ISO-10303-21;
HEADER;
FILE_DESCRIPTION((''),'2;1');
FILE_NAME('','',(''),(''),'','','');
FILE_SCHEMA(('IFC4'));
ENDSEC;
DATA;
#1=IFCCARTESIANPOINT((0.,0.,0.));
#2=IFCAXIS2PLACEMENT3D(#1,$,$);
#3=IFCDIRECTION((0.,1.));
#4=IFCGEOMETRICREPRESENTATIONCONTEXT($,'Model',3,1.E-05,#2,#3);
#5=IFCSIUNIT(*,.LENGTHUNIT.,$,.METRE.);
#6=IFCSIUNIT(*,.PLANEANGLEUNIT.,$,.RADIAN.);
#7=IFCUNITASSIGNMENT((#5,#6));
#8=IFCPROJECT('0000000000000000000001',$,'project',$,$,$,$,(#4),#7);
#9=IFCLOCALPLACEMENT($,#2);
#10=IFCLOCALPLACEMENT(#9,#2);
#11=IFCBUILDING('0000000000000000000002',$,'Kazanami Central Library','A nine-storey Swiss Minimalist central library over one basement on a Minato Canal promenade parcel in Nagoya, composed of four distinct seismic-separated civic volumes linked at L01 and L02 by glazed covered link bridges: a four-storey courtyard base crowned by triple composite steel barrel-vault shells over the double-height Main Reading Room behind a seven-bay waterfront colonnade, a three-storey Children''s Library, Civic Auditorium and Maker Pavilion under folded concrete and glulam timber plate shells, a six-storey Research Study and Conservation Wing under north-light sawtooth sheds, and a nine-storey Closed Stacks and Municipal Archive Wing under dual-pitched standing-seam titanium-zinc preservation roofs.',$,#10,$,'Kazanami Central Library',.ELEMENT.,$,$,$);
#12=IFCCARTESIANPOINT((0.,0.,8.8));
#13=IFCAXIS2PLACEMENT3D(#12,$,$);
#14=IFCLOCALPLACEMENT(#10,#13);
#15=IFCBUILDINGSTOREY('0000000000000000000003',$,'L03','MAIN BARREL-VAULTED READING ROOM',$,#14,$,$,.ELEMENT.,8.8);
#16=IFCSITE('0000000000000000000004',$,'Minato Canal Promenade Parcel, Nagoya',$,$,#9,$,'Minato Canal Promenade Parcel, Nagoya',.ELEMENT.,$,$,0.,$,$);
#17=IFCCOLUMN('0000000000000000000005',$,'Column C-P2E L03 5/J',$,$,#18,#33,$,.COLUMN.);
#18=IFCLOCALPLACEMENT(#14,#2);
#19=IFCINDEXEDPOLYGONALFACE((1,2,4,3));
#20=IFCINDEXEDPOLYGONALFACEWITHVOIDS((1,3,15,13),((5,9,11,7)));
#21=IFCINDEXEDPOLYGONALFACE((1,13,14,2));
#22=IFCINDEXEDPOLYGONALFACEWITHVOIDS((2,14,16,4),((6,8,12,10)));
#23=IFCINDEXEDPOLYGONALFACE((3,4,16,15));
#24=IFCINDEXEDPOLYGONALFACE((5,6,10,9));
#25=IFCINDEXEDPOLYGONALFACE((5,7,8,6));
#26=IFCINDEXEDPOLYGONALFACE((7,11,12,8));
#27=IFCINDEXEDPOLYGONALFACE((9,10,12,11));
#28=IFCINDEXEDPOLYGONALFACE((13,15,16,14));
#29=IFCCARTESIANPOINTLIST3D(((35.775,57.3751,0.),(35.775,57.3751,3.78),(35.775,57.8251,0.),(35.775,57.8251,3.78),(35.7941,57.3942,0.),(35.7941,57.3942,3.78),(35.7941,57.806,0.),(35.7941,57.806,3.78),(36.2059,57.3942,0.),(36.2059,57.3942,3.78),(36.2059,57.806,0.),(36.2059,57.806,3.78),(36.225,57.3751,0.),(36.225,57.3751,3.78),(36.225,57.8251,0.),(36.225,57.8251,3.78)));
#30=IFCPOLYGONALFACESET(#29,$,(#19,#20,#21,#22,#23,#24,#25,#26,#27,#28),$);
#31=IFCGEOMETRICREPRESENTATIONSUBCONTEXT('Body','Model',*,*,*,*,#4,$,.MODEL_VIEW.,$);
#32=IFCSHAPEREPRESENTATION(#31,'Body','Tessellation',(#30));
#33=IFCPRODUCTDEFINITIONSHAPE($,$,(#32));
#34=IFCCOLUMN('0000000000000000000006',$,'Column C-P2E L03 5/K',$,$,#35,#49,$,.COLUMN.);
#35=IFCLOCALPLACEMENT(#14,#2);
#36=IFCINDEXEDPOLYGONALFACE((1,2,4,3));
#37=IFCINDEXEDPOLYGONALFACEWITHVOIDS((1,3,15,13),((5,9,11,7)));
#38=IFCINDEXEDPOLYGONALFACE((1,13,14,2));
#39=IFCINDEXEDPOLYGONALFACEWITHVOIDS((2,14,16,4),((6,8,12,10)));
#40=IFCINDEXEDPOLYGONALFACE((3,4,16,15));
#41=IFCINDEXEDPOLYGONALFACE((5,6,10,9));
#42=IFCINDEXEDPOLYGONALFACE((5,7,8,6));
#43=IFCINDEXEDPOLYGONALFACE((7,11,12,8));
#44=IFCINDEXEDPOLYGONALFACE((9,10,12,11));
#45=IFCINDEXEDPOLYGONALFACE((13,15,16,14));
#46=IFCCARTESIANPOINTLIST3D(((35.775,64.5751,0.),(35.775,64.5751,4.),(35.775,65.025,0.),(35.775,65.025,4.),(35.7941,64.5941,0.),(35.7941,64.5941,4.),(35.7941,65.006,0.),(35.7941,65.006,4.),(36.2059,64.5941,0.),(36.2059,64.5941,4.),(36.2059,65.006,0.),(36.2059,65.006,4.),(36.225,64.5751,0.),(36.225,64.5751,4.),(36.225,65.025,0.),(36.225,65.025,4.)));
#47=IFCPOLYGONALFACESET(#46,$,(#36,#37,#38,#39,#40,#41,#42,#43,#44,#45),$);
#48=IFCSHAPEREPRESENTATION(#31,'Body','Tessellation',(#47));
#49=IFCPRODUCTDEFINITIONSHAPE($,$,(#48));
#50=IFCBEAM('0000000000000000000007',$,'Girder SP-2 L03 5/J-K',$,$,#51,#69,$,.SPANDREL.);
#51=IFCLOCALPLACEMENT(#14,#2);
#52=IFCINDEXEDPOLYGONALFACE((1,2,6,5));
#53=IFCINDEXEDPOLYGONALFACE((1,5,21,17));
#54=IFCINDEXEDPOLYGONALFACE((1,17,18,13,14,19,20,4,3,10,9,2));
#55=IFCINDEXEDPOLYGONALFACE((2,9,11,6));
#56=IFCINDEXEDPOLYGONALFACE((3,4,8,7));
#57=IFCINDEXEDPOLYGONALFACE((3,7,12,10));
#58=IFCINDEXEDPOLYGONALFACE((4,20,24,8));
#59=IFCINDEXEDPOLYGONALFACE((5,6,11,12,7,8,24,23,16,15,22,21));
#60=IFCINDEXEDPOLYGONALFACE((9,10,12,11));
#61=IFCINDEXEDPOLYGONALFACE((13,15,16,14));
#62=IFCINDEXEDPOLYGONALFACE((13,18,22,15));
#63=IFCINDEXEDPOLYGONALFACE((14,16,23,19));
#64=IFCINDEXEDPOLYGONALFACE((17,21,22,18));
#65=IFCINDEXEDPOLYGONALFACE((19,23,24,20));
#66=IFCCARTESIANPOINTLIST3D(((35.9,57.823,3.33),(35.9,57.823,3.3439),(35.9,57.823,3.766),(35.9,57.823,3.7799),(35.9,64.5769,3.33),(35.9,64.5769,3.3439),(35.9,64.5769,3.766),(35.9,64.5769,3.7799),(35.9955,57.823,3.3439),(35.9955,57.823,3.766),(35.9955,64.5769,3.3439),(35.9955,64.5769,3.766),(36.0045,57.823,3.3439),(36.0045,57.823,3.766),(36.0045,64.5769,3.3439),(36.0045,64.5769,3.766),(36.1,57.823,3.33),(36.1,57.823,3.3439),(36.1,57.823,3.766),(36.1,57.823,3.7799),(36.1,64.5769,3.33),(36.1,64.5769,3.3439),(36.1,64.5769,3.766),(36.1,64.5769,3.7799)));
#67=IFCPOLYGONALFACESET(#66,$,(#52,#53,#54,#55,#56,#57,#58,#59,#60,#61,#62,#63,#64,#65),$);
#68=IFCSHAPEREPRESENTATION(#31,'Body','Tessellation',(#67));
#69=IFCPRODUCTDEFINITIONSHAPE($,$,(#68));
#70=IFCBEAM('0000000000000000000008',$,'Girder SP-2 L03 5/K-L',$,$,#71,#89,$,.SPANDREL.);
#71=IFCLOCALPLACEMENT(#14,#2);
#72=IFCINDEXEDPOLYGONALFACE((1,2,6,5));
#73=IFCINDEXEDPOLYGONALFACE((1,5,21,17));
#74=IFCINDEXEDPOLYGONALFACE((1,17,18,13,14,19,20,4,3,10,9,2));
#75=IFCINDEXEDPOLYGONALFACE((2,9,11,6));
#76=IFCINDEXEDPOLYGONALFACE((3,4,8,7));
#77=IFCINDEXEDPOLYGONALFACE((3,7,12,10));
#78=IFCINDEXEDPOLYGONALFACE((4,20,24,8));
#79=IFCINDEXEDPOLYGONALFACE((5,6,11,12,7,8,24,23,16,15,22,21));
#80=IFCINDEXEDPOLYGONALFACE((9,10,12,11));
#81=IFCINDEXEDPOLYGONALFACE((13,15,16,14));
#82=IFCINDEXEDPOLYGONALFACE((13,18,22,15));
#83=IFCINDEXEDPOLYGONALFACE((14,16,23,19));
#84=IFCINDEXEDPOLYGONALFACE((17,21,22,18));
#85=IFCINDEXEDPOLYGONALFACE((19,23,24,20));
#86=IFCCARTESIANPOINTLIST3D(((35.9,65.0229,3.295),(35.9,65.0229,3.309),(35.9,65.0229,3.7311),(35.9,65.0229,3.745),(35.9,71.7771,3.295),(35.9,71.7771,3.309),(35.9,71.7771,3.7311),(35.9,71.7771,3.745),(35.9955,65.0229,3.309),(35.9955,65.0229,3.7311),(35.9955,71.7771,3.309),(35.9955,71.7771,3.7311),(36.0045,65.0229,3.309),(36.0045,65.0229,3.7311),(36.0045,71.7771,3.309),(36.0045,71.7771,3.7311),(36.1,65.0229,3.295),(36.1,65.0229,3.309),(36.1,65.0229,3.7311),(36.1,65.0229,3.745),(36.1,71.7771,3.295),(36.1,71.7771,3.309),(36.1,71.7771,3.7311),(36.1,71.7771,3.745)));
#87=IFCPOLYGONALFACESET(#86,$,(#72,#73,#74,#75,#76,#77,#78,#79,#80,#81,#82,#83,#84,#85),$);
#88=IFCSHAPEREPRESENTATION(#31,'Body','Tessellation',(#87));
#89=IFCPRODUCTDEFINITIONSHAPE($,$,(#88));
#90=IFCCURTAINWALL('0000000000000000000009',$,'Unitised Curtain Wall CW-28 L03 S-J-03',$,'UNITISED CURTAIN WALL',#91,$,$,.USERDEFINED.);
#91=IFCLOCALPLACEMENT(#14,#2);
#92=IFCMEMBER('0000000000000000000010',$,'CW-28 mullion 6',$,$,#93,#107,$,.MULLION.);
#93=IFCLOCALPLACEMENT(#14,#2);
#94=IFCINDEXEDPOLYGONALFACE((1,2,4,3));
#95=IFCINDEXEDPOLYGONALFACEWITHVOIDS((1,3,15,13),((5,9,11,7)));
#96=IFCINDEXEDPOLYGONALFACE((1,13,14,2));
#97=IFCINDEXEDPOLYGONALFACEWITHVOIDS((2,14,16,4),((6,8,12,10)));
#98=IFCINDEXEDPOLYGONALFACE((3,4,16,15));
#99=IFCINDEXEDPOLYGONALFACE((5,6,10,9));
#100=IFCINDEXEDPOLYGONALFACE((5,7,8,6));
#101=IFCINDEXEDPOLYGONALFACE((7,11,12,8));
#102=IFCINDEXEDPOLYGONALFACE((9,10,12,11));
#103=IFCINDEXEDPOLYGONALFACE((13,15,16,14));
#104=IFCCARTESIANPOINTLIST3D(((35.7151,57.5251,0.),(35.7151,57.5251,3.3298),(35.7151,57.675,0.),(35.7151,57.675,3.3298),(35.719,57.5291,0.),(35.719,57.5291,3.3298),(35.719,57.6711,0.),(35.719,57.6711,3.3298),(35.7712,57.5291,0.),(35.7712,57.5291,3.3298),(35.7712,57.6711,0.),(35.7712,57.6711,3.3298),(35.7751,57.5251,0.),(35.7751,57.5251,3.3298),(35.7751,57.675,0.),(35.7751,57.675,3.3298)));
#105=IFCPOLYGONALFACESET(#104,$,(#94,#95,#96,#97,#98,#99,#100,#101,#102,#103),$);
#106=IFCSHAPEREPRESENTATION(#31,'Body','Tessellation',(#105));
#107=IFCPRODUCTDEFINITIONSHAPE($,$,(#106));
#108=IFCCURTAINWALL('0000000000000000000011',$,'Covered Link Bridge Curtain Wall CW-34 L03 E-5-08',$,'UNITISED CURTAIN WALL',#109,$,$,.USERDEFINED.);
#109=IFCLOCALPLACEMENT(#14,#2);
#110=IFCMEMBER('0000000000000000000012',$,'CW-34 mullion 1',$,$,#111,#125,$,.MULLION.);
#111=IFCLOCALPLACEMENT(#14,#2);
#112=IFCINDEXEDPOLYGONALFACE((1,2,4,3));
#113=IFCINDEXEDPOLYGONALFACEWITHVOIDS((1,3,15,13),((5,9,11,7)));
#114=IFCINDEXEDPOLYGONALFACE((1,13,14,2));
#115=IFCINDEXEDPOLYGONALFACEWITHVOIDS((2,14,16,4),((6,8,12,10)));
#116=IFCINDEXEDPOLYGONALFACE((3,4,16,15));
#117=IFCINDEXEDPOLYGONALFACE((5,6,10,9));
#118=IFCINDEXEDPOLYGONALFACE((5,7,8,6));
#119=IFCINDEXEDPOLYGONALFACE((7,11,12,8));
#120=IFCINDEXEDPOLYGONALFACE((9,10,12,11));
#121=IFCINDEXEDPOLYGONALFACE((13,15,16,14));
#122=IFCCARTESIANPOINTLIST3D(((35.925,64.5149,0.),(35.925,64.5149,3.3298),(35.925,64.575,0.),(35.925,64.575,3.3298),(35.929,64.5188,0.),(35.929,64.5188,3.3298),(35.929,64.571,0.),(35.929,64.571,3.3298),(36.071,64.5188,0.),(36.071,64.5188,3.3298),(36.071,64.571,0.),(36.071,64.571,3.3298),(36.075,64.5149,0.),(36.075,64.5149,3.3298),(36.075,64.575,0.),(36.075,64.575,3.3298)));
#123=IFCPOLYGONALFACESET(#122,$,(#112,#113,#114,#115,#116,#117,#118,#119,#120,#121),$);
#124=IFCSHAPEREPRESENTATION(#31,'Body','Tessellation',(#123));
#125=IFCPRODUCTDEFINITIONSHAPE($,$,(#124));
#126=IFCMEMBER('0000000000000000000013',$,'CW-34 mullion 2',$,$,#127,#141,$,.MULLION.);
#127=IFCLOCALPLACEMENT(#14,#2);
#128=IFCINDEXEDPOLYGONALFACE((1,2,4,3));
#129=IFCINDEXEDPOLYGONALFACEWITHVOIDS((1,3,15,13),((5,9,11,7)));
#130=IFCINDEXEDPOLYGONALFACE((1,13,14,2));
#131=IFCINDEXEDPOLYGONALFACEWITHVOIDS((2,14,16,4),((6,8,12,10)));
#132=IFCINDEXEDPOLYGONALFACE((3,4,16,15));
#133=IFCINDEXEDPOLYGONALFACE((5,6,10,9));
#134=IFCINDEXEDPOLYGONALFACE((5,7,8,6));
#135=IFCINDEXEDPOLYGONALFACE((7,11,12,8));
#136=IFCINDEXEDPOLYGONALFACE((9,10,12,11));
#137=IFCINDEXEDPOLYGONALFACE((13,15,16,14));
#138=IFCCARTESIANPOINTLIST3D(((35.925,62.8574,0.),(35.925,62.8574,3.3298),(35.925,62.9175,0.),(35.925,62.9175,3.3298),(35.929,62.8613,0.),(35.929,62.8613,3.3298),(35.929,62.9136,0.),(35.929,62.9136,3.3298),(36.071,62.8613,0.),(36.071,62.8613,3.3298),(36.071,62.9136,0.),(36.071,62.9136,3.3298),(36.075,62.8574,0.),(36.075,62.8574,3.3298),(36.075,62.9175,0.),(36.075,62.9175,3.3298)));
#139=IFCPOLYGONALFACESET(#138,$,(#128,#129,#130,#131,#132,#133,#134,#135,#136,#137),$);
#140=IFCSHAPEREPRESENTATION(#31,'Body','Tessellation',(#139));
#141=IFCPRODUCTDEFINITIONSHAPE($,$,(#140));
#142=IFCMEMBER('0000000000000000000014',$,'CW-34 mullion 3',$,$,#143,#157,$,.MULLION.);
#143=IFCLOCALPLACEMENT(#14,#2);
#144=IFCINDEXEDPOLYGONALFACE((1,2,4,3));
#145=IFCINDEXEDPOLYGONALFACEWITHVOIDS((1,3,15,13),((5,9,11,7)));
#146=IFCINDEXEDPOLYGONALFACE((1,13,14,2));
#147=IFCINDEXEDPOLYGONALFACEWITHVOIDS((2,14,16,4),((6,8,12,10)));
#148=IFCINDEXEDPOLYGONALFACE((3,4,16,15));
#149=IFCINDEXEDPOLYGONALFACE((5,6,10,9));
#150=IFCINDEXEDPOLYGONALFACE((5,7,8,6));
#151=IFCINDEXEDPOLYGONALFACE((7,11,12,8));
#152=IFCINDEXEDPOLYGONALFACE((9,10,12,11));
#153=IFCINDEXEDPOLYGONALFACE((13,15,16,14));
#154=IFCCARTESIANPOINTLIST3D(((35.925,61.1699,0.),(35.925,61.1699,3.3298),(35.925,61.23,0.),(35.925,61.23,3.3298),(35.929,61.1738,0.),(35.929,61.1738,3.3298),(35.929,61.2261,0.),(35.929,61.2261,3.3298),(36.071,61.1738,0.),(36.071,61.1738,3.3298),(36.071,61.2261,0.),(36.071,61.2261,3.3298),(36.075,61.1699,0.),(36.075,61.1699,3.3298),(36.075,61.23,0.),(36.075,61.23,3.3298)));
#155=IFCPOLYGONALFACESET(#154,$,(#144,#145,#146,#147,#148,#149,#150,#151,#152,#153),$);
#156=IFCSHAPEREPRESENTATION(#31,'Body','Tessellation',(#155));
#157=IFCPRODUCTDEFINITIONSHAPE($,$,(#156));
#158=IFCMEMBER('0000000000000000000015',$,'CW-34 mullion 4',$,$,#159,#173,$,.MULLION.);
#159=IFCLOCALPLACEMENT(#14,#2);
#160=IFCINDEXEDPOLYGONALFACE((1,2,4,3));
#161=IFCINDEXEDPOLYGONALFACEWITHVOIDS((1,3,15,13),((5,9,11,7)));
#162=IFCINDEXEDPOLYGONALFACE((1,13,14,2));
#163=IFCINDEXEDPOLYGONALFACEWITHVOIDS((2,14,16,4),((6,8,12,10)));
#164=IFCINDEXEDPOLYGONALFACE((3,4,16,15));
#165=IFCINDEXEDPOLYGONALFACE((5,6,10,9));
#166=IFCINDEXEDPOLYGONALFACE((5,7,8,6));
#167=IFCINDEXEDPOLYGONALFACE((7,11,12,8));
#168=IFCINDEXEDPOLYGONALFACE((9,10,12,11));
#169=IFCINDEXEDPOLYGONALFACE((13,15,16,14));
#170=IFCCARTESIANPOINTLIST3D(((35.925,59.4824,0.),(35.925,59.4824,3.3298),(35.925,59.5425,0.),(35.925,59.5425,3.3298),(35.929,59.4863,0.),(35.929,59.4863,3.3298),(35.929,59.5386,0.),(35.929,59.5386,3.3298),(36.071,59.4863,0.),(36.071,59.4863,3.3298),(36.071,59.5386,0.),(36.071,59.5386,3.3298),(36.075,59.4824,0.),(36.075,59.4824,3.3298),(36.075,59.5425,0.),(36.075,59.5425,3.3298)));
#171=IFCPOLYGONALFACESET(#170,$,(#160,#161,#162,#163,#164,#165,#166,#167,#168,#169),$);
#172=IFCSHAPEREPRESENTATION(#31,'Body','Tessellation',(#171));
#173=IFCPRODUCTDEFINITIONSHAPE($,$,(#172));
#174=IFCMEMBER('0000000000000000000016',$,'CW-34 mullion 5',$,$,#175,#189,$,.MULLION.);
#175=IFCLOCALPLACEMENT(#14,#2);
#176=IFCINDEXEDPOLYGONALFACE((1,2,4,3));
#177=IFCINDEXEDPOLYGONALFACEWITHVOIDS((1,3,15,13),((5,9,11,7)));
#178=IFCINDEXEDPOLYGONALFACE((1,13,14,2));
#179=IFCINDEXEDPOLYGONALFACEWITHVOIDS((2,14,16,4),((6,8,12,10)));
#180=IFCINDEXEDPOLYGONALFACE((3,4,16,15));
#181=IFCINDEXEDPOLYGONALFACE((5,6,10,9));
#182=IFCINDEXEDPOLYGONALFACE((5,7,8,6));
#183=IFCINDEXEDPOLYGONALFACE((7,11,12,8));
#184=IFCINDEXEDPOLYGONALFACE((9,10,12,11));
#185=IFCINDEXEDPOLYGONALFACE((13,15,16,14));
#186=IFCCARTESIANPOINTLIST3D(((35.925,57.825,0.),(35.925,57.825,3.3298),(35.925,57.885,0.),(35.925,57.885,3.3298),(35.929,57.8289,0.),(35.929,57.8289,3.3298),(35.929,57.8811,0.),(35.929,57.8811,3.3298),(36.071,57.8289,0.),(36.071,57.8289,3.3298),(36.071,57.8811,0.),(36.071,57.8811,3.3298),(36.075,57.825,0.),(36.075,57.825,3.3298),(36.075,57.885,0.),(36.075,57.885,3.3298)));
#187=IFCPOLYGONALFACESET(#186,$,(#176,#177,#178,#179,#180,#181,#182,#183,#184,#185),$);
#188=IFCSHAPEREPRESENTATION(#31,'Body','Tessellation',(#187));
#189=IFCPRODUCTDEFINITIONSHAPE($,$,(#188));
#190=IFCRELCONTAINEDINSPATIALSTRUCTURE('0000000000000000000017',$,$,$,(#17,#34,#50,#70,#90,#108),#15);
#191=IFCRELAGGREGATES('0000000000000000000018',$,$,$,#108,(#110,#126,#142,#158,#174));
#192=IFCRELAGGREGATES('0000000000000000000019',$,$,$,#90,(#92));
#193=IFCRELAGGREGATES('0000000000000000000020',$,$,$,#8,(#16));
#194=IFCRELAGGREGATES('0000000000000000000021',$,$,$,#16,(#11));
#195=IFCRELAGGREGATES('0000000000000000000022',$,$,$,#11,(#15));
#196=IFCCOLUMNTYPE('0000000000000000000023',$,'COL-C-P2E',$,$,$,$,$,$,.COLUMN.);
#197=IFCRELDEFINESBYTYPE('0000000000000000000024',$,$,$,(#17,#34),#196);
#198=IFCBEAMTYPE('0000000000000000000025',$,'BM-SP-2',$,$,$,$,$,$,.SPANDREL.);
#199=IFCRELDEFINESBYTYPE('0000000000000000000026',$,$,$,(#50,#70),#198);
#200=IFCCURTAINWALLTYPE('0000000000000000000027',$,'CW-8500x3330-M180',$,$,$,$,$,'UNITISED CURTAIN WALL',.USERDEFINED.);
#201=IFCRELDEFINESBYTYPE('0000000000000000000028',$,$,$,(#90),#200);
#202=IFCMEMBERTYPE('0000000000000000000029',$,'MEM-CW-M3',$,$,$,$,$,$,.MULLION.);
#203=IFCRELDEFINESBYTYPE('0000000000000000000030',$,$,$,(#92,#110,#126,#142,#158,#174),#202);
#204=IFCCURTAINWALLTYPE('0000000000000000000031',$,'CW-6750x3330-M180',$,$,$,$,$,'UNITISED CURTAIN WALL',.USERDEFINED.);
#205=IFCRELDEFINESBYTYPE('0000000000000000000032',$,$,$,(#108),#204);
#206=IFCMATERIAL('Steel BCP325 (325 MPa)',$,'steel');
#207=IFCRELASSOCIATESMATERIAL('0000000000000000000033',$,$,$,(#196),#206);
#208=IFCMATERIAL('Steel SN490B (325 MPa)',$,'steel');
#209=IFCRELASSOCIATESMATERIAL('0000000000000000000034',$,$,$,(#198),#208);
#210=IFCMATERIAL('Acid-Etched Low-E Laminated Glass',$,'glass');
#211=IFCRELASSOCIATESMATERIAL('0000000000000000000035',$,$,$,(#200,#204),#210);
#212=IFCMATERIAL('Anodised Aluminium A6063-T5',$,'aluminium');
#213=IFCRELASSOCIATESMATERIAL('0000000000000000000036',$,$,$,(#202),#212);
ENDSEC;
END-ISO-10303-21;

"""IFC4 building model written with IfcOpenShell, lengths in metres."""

from ifc_helpers import new_model, si_unit, direction, frame, origin, origin_2d, place, context, subcontext, project, spatial, hollow_rectangle, i_section, extrude, material, material_profile, profile_set, type_object, element, aggregate, save


model = new_model("IFC4")

# Units and contexts
model_context = context("Model", 3, precision=1e-05, world=origin(), true_north=direction((0.0, 1.0)))
body_context = subcontext(model_context, "Body", "Model", "MODEL_VIEW")
ifc_project = project(units=[si_unit("LENGTHUNIT", "METRE"), si_unit("PLANEANGLEUNIT", "RADIAN")], contexts=[model_context])

# Site, building, storey
site_placement = place(None, origin())
site = spatial("IfcSite", under=ifc_project, at=site_placement, Name="Minato Canal Promenade Parcel, Nagoya", LongName="Minato Canal Promenade Parcel, Nagoya", CompositionType="ELEMENT", RefElevation=0.0)
building_placement = place(site_placement, origin())
building = spatial("IfcBuilding", under=site, at=building_placement, Name="Kazanami Central Library", Description="A nine-storey Swiss Minimalist central library over one basement on a Minato Canal promenade parcel in Nagoya, composed of four distinct seismic-separated civic volumes linked at L01 and L02 by glazed covered link bridges: a four-storey courtyard base crowned by triple composite steel barrel-vault shells over the double-height Main Reading Room behind a seven-bay waterfront colonnade, a three-storey Children's Library, Civic Auditorium and Maker Pavilion under folded concrete and glulam timber plate shells, a six-storey Research Study and Conservation Wing under north-light sawtooth sheds, and a nine-storey Closed Stacks and Municipal Archive Wing under dual-pitched standing-seam titanium-zinc preservation roofs.", LongName="Kazanami Central Library", CompositionType="ELEMENT")
storey_placement = place(building_placement, frame((0.0, 0.0, 8.8)))
storey = spatial("IfcBuildingStorey", under=building, at=storey_placement, Name="L03", Description="MAIN BARREL-VAULTED READING ROOM", CompositionType="ELEMENT", Elevation=8.8)

# Columns
ifc_material_1 = material(Name="Steel BCP325 (325 MPa)", Category="steel")
ifc_material_profile_1 = material_profile(ifc_material_1, hollow_rectangle(XDim=0.45, YDim=0.45, WallThickness=0.019, at=origin_2d()), Name="BCP-450x450x19")
ifc_profile_set_1 = profile_set([ifc_material_profile_1], Name="Steel BCP325 (325 MPa)")
column_type = type_object("IfcColumnType", Name="COL-C-P2E", PredefinedType="COLUMN", material=ifc_profile_set_1)
column_1_placement = place(storey_placement, frame((36.0, 57.6001, 0.0), z_axis=(0.0, 0.0, 1.0), x_axis=(1.0, 0.0, 0.0)))
element("IfcColumn", 1, at=column_1_placement, inside=storey, type_object=column_type, Name="Column C-P2E L03 5/J", PredefinedType="COLUMN", context=body_context, shape_type="SweptSolid", body=[
    extrude(hollow_rectangle(XDim=0.45, YDim=0.45, WallThickness=0.019, at=origin_2d()), origin(), (0.0, 0.0, 1.0), 3.78),
])
column_2_placement = place(storey_placement, frame((36.0, 64.8, 0.0), z_axis=(0.0, 0.0, 1.0), x_axis=(1.0, 0.0, 0.0)))
element("IfcColumn", 2, at=column_2_placement, inside=storey, type_object=column_type, Name="Column C-P2E L03 5/K", PredefinedType="COLUMN", context=body_context, shape_type="SweptSolid", body=[
    extrude(hollow_rectangle(XDim=0.45, YDim=0.45, WallThickness=0.019, at=origin_2d()), origin(), (0.0, 0.0, 1.0), 4.0),
])

# Beams
ifc_material_2 = material(Name="Steel SN490B (325 MPa)", Category="steel")
ifc_material_profile_2 = material_profile(ifc_material_2, i_section(OverallWidth=0.2, OverallDepth=0.45, WebThickness=0.009, FlangeThickness=0.0139, at=origin_2d()), Name="H-450x200x9x14")
ifc_profile_set_2 = profile_set([ifc_material_profile_2], Name="Steel SN490B (325 MPa)")
beam_type = type_object("IfcBeamType", Name="BM-SP-2", PredefinedType="SPANDREL", material=ifc_profile_set_2)
beam_1_placement = place(storey_placement, frame((36.0, 57.823, 3.5549), z_axis=(0.0, 1.0, 0.0), x_axis=(-1.0, 0.0, 0.0)))
element("IfcBeam", 3, at=beam_1_placement, inside=storey, type_object=beam_type, Name="Girder SP-2 L03 5/J-K", PredefinedType="SPANDREL", context=body_context, shape_type="SweptSolid", body=[
    extrude(i_section(OverallWidth=0.2, OverallDepth=0.45, WebThickness=0.009, FlangeThickness=0.0139, at=origin_2d()), origin(), (0.0, 0.0, 1.0), 6.7539),
])
beam_2_placement = place(storey_placement, frame((36.0, 65.0229, 3.52), z_axis=(0.0, 1.0, 0.0), x_axis=(-1.0, 0.0, 0.0)))
element("IfcBeam", 4, at=beam_2_placement, inside=storey, type_object=beam_type, Name="Girder SP-2 L03 5/K-L", PredefinedType="SPANDREL", context=body_context, shape_type="SweptSolid", body=[
    extrude(i_section(OverallWidth=0.2, OverallDepth=0.45, WebThickness=0.009, FlangeThickness=0.0139, at=origin_2d()), origin(), (0.0, 0.0, 1.0), 6.7542),
])

# Curtain wall, member
ifc_material_3 = material(Name="Acid-Etched Low-E Laminated Glass", Category="glass")
curtain_wall_type_1 = type_object("IfcCurtainWallType", Name="CW-8500x3330-M180", ElementType="UNITISED CURTAIN WALL", PredefinedType="USERDEFINED", material=ifc_material_3)
curtain_wall_1_placement = place(storey_placement, origin())
curtain_wall_1 = element("IfcCurtainWall", 5, at=curtain_wall_1_placement, inside=storey, type_object=curtain_wall_type_1, Name="Unitised Curtain Wall CW-28 L03 S-J-03", ObjectType="UNITISED CURTAIN WALL", PredefinedType="USERDEFINED")
ifc_material_4 = material(Name="Anodised Aluminium A6063-T5", Category="aluminium")
ifc_material_profile_3 = material_profile(ifc_material_4, hollow_rectangle(XDim=0.0601, YDim=0.1499, WallThickness=0.0039, at=origin_2d()), Name="ALU-MULL-60x150x4")
ifc_profile_set_3 = profile_set([ifc_material_profile_3], Name="Anodised Aluminium A6063-T5")
member_type_1 = type_object("IfcMemberType", Name="MEM-CW-M3", PredefinedType="MULLION", material=ifc_profile_set_3)
member_1_placement = place(storey_placement, frame((35.7451, 57.6001, 0.0), z_axis=(0.0, 0.0, 1.0), x_axis=(1.0, 0.0, 0.0)))
member_1 = element("IfcMember", 6, at=member_1_placement, type_object=member_type_1, Name="CW-28 mullion 6", PredefinedType="MULLION", context=body_context, shape_type="SweptSolid", body=[
    extrude(hollow_rectangle(XDim=0.0601, YDim=0.1499, WallThickness=0.0039, at=origin_2d()), origin(), (0.0, 0.0, 1.0), 3.3298),
])

# Curtain wall, members
curtain_wall_type_2 = type_object("IfcCurtainWallType", Name="CW-6750x3330-M180", ElementType="UNITISED CURTAIN WALL", PredefinedType="USERDEFINED", material=ifc_material_3)
curtain_wall_2_placement = place(storey_placement, origin())
curtain_wall_2 = element("IfcCurtainWall", 7, at=curtain_wall_2_placement, inside=storey, type_object=curtain_wall_type_2, Name="Covered Link Bridge Curtain Wall CW-34 L03 E-5-08", ObjectType="UNITISED CURTAIN WALL", PredefinedType="USERDEFINED")
member_2_placement = place(storey_placement, frame((36.0, 64.5449, 0.0), z_axis=(0.0, 0.0, 1.0), x_axis=(0.0, -1.0, 0.0)))
member_2 = element("IfcMember", 8, at=member_2_placement, type_object=member_type_1, Name="CW-34 mullion 1", PredefinedType="MULLION", context=body_context, shape_type="SweptSolid", body=[
    extrude(hollow_rectangle(XDim=0.0601, YDim=0.1499, WallThickness=0.0039, at=origin_2d()), origin(), (0.0, 0.0, 1.0), 3.3298),
])
member_3_placement = place(storey_placement, frame((36.0, 62.8875, 0.0), z_axis=(0.0, 0.0, 1.0), x_axis=(0.0, -1.0, 0.0)))
member_3 = element("IfcMember", 9, at=member_3_placement, type_object=member_type_1, Name="CW-34 mullion 2", PredefinedType="MULLION", context=body_context, shape_type="SweptSolid", body=[
    extrude(hollow_rectangle(XDim=0.0601, YDim=0.1499, WallThickness=0.0039, at=origin_2d()), origin(), (0.0, 0.0, 1.0), 3.3298),
])
member_4_placement = place(storey_placement, frame((36.0, 61.2, 0.0), z_axis=(0.0, 0.0, 1.0), x_axis=(0.0, -1.0, 0.0)))
member_4 = element("IfcMember", 10, at=member_4_placement, type_object=member_type_1, Name="CW-34 mullion 3", PredefinedType="MULLION", context=body_context, shape_type="SweptSolid", body=[
    extrude(hollow_rectangle(XDim=0.0601, YDim=0.1499, WallThickness=0.0039, at=origin_2d()), origin(), (0.0, 0.0, 1.0), 3.3298),
])
member_5_placement = place(storey_placement, frame((36.0, 59.5125, 0.0), z_axis=(0.0, 0.0, 1.0), x_axis=(0.0, -1.0, 0.0)))
member_5 = element("IfcMember", 11, at=member_5_placement, type_object=member_type_1, Name="CW-34 mullion 4", PredefinedType="MULLION", context=body_context, shape_type="SweptSolid", body=[
    extrude(hollow_rectangle(XDim=0.0601, YDim=0.1499, WallThickness=0.0039, at=origin_2d()), origin(), (0.0, 0.0, 1.0), 3.3298),
])
member_6_placement = place(storey_placement, frame((36.0, 57.855, 0.0), z_axis=(0.0, 0.0, 1.0), x_axis=(0.0, -1.0, 0.0)))
member_6 = element("IfcMember", 12, at=member_6_placement, type_object=member_type_1, Name="CW-34 mullion 5", PredefinedType="MULLION", context=body_context, shape_type="SweptSolid", body=[
    extrude(hollow_rectangle(XDim=0.0601, YDim=0.1499, WallThickness=0.0039, at=origin_2d()), origin(), (0.0, 0.0, 1.0), 3.3298),
])

aggregate(curtain_wall_2, [member_2, member_3, member_4, member_5, member_6])
aggregate(curtain_wall_1, [member_1])

save(model, "model.ifc")
